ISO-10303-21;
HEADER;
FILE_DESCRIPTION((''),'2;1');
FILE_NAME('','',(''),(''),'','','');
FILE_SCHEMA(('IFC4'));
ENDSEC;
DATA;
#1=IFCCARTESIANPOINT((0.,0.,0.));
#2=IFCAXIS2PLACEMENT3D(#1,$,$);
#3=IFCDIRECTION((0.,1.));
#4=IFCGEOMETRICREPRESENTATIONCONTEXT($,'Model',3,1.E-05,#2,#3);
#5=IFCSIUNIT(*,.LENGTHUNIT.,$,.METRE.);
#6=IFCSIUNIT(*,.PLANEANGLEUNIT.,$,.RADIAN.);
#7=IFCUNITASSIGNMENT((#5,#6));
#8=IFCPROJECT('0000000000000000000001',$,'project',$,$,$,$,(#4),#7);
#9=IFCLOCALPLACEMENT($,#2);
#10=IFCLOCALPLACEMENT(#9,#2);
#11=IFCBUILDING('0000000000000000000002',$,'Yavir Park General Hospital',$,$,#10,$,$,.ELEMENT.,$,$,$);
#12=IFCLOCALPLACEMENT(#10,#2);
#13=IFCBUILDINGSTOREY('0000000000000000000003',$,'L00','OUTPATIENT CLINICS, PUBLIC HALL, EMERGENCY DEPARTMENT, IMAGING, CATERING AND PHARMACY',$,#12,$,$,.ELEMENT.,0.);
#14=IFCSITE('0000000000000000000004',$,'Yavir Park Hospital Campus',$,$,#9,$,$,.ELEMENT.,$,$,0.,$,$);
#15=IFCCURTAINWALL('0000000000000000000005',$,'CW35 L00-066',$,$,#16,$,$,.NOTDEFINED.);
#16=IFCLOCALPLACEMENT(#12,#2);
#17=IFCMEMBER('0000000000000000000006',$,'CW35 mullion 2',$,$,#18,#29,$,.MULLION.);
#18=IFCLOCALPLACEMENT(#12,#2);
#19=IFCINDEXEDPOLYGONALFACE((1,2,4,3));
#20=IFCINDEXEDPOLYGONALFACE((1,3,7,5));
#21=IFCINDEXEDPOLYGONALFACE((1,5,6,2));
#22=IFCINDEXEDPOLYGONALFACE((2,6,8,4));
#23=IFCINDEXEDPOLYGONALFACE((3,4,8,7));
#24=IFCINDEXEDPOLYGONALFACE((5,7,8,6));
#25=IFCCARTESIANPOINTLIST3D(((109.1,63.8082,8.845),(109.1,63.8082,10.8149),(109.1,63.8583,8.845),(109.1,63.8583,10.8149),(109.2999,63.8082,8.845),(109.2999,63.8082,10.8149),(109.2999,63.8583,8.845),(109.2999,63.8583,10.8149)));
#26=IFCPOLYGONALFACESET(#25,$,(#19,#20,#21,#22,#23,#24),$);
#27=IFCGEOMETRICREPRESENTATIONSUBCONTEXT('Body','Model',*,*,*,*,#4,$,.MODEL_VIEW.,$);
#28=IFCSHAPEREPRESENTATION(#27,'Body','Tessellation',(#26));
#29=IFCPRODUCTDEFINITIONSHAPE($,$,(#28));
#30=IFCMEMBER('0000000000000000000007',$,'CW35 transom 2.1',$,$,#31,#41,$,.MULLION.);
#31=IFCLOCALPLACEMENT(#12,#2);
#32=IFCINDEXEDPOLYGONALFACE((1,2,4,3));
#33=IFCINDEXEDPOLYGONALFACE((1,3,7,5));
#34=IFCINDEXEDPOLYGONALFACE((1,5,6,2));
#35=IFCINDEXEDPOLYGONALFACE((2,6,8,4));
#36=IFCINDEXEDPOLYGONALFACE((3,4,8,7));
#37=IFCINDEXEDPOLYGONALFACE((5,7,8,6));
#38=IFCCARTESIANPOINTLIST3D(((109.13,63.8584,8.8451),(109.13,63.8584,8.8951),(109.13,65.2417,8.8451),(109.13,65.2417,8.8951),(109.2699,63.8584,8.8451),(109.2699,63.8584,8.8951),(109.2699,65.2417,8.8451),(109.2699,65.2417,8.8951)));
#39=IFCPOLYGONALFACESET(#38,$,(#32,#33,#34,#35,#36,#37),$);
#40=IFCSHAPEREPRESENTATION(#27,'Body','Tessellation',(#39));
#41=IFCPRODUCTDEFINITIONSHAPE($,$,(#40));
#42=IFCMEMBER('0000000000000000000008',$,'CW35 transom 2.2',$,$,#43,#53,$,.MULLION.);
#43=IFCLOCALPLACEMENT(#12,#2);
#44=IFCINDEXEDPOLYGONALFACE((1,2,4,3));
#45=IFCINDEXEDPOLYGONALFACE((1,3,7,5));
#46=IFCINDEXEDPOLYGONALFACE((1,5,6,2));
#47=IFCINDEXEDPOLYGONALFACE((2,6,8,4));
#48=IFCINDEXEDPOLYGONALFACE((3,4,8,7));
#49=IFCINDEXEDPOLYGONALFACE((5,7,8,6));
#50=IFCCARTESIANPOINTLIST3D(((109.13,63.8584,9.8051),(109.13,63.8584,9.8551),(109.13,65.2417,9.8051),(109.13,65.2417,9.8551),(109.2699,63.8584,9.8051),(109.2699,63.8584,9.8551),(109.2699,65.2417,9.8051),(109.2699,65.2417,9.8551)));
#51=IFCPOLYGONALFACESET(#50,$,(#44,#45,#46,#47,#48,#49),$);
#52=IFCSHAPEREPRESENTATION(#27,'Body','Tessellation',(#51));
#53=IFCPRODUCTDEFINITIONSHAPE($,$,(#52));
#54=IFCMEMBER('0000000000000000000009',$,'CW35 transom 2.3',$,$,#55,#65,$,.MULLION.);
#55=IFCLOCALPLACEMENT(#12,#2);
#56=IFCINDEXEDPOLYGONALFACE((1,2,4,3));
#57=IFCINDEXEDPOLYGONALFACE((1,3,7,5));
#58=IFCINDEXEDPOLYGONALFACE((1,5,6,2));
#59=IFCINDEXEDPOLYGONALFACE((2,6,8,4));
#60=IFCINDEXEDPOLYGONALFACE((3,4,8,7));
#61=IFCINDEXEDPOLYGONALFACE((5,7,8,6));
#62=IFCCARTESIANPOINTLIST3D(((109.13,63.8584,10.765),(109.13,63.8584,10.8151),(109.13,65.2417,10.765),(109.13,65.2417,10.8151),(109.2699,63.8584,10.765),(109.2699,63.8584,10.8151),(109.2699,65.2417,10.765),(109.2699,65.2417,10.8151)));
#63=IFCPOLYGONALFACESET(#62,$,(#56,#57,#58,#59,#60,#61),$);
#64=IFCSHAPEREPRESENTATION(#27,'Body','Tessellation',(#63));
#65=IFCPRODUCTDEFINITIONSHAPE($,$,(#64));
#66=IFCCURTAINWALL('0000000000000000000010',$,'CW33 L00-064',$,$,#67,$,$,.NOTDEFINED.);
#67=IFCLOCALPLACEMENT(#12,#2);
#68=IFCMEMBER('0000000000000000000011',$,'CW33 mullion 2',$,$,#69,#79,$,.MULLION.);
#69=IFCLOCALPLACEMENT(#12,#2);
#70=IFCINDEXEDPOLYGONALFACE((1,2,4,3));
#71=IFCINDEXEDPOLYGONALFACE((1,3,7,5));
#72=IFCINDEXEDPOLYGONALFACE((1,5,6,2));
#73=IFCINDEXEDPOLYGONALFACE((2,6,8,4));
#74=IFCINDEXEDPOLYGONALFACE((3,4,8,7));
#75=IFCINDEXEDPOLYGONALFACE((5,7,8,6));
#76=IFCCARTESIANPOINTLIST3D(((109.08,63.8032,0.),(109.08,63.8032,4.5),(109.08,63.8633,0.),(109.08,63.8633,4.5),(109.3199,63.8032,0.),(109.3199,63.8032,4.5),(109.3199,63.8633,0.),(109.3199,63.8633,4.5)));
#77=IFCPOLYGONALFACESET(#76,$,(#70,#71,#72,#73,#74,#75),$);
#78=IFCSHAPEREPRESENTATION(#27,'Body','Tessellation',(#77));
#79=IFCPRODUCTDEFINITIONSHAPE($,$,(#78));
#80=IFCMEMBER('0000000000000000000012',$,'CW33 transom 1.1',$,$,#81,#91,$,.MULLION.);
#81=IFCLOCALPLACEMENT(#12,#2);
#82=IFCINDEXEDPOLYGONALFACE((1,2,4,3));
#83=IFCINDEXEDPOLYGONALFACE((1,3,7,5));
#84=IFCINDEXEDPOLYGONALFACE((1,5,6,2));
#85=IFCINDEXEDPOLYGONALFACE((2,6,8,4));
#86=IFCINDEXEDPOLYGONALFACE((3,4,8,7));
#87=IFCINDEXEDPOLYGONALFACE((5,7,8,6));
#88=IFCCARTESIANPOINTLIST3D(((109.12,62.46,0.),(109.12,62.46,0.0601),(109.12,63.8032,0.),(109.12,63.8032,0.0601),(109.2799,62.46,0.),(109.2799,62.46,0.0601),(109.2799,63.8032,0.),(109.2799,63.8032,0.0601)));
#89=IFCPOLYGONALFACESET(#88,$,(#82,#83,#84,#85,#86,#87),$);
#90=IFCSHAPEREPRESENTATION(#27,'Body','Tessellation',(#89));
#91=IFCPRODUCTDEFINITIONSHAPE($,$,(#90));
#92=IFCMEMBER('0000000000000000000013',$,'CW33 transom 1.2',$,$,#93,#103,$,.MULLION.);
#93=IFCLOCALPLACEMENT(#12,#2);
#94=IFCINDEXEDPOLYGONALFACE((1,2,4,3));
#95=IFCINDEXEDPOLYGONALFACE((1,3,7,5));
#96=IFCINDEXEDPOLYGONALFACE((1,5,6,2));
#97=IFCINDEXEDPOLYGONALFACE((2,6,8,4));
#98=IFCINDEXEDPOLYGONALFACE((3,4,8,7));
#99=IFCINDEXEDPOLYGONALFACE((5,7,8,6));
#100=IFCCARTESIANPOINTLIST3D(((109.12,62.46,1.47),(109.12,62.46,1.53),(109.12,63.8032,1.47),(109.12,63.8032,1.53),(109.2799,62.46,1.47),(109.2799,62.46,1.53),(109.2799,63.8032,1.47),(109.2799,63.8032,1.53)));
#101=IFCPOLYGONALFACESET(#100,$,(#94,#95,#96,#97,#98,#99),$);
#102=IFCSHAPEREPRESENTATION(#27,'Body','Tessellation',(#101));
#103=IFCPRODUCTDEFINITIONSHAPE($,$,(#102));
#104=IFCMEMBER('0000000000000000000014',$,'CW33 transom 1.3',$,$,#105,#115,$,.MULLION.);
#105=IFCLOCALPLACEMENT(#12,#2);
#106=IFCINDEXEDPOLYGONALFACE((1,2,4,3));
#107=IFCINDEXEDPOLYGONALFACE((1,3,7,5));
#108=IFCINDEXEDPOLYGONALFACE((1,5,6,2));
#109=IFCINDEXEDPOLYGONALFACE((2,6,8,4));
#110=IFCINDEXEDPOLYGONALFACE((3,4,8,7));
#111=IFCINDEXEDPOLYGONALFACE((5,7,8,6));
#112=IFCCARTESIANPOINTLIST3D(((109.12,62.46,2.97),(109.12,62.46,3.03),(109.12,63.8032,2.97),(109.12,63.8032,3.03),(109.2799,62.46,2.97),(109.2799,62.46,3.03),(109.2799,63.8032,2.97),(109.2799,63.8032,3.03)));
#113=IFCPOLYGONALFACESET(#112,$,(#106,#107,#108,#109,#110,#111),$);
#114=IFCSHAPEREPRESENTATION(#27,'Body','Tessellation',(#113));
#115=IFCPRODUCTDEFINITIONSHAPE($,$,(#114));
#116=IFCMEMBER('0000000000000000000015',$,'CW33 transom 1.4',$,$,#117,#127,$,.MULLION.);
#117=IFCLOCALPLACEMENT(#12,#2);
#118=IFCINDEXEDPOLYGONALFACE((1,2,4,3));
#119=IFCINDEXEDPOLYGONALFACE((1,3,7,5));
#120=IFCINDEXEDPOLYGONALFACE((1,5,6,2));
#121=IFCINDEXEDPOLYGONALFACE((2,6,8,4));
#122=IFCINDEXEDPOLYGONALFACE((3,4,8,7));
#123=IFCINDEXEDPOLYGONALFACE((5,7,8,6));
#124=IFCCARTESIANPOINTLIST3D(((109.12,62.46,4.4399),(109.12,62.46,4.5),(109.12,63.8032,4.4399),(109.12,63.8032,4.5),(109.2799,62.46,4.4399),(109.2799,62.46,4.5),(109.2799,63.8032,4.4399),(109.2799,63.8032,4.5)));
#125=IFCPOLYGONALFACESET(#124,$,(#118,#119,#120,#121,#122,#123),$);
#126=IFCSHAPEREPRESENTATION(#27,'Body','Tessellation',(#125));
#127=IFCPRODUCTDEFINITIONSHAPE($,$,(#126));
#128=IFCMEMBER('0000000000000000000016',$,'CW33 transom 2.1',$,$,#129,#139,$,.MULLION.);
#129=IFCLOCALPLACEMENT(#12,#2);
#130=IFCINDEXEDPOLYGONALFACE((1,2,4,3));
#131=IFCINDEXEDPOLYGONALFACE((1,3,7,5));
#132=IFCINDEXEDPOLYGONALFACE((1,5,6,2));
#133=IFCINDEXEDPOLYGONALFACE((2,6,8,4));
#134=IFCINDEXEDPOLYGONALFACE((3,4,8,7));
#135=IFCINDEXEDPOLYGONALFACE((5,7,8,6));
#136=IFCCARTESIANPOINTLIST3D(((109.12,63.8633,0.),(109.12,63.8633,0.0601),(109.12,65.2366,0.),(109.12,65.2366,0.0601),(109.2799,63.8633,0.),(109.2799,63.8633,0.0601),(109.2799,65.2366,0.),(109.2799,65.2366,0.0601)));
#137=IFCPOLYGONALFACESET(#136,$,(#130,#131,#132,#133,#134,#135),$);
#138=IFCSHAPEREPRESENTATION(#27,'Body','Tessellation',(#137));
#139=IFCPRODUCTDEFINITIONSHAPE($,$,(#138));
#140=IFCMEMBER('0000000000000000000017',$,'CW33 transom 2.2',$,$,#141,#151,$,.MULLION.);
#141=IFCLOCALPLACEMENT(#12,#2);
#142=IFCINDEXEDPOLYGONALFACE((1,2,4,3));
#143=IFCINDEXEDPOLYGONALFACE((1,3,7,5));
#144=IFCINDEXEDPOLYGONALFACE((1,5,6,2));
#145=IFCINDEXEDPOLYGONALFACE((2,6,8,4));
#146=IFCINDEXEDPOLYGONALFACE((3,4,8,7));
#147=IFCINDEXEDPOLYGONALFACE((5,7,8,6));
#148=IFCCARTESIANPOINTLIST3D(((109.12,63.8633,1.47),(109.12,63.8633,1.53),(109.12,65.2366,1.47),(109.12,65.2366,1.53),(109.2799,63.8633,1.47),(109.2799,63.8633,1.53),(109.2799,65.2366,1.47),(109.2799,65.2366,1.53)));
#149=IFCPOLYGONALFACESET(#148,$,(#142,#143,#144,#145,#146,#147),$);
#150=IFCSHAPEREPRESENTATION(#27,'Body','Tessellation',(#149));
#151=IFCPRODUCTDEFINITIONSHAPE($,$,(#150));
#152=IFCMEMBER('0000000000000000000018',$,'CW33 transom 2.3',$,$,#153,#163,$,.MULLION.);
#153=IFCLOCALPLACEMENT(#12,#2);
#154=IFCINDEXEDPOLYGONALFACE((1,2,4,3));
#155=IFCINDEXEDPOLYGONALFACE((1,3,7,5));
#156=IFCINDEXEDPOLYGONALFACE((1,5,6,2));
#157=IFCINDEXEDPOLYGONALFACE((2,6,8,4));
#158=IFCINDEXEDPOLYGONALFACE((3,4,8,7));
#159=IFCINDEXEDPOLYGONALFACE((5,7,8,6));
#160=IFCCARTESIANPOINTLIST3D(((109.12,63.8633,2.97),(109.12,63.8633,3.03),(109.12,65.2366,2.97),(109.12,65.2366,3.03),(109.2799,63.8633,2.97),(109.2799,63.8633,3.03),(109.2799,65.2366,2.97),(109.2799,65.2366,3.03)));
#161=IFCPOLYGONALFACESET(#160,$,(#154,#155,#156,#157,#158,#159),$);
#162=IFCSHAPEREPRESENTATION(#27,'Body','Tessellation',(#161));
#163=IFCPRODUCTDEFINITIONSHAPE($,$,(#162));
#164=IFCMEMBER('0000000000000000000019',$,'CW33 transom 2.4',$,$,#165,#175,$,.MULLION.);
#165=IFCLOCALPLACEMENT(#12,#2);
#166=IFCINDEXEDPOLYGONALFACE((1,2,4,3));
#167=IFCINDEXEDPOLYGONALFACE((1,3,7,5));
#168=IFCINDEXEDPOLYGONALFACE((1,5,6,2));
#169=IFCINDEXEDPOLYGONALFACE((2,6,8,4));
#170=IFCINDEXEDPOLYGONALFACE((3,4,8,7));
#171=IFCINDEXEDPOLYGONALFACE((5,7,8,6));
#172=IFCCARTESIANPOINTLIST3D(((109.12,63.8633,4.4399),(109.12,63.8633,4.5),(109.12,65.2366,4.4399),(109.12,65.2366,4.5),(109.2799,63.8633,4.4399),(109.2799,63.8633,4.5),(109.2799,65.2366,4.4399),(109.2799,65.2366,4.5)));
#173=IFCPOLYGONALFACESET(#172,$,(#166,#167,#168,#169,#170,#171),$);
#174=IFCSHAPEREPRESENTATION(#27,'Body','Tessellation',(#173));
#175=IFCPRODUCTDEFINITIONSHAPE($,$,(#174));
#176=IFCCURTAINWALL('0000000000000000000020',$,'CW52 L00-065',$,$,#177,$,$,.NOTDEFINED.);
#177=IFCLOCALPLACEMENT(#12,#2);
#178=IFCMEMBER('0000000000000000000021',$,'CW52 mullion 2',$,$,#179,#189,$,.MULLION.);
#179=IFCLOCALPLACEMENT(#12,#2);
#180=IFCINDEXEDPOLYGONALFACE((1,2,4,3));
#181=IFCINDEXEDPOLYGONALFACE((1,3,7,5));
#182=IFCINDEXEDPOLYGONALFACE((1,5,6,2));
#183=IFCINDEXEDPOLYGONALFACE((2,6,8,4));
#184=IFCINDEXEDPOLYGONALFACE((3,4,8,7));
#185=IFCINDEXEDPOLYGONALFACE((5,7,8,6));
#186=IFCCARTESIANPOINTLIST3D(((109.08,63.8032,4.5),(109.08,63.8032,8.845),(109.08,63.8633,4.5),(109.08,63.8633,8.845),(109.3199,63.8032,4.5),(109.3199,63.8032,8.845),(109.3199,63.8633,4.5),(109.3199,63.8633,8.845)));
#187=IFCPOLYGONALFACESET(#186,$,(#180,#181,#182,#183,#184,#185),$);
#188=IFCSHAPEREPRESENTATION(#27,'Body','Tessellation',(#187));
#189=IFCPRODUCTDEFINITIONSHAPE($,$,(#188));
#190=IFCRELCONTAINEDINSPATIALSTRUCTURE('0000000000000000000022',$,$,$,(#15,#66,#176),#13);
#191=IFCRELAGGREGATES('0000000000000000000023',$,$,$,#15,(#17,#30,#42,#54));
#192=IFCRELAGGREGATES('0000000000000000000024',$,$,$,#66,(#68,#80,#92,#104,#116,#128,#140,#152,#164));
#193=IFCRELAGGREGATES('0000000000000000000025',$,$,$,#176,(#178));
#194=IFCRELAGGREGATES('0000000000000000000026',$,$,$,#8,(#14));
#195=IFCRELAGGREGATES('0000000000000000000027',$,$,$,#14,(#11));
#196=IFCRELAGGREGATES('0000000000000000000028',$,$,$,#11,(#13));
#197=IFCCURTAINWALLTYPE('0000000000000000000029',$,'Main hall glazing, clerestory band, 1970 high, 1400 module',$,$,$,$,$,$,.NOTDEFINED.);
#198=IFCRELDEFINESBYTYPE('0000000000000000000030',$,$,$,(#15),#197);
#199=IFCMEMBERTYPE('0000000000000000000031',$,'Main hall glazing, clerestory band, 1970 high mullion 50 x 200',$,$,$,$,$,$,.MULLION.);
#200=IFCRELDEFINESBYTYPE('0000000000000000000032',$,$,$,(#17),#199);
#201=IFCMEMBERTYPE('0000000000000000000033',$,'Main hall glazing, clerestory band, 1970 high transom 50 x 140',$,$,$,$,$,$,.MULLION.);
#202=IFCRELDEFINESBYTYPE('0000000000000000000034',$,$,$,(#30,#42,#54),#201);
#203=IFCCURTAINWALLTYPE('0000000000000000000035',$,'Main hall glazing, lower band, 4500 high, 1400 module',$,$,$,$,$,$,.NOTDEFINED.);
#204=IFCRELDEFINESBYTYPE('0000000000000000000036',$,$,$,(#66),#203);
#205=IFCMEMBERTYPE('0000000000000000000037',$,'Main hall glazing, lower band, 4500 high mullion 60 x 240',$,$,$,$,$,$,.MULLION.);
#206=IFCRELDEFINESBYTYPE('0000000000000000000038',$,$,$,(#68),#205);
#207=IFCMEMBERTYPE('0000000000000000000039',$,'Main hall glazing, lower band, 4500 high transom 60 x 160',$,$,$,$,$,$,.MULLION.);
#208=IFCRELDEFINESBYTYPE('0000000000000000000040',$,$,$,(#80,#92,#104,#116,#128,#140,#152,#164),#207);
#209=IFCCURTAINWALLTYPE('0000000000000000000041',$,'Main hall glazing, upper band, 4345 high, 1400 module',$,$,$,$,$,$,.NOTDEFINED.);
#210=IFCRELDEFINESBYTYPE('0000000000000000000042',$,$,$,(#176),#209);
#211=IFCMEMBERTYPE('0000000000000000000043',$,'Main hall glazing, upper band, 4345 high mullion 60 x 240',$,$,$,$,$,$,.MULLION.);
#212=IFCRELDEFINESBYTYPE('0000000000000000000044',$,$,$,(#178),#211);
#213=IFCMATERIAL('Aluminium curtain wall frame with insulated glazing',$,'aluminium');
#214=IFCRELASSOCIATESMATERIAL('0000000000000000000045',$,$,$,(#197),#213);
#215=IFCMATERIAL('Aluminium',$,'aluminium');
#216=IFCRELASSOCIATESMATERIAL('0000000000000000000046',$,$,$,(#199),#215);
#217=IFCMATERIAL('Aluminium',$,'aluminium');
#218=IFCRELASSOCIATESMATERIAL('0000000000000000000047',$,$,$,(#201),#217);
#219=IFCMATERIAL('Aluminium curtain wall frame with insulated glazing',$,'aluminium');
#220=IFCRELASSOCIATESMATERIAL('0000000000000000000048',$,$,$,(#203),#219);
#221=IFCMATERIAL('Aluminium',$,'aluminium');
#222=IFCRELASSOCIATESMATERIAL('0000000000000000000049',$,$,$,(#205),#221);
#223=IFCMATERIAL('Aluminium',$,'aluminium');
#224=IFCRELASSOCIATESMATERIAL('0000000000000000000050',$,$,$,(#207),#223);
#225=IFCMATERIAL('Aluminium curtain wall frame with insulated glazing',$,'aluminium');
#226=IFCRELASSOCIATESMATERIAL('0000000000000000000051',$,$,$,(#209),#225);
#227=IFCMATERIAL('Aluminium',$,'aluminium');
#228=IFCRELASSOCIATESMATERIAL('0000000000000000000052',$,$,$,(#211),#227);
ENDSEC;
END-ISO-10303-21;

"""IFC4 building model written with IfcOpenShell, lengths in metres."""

from ifc_helpers import new_model, si_unit, direction, frame, origin, origin_2d, place, context, subcontext, project, spatial, rectangle, extrude, material, material_profile, profile_set, type_object, element, aggregate, save


model = new_model("IFC4")

# Units and contexts
model_context = context("Model", 3, precision=1e-05, world=origin(), true_north=direction((0.0, 1.0)))
body_context = subcontext(model_context, "Body", "Model", "MODEL_VIEW")
ifc_project = project(units=[si_unit("LENGTHUNIT", "METRE"), si_unit("PLANEANGLEUNIT", "RADIAN")], contexts=[model_context])

# Site, building, storey
site_placement = place(None, origin())
site = spatial("IfcSite", under=ifc_project, at=site_placement, Name="Yavir Park Hospital Campus", CompositionType="ELEMENT", RefElevation=0.0)
building_placement = place(site_placement, origin())
building = spatial("IfcBuilding", under=site, at=building_placement, Name="Yavir Park General Hospital", CompositionType="ELEMENT")
storey_placement = place(building_placement, origin())
storey = spatial("IfcBuildingStorey", under=building, at=storey_placement, Name="L00", Description="OUTPATIENT CLINICS, PUBLIC HALL, EMERGENCY DEPARTMENT, IMAGING, CATERING AND PHARMACY", CompositionType="ELEMENT", Elevation=0.0)

# Curtain walls, members
ifc_material_1 = material(Name="Aluminium curtain wall frame with insulated glazing", Category="aluminium")
curtain_wall_type_1 = type_object("IfcCurtainWallType", Name="Main hall glazing, clerestory band, 1970 high, 1400 module", PredefinedType="NOTDEFINED", material=ifc_material_1)
curtain_wall_1_placement = place(storey_placement, origin())
curtain_wall_1 = element("IfcCurtainWall", 1, at=curtain_wall_1_placement, inside=storey, type_object=curtain_wall_type_1, Name="CW35 L00-066", PredefinedType="NOTDEFINED")
ifc_material_2 = material(Name="Aluminium", Category="aluminium")
ifc_material_profile_1 = material_profile(ifc_material_2, rectangle(XDim=0.2, YDim=0.05, at=origin_2d()), Name="AL 50x200")
ifc_profile_set_1 = profile_set([ifc_material_profile_1], Name="Aluminium")
member_type_1 = type_object("IfcMemberType", Name="Main hall glazing, clerestory band, 1970 high mullion 50 x 200", PredefinedType="MULLION", material=ifc_profile_set_1)
member_1_placement = place(storey_placement, frame((109.2, 63.8333, 8.845), z_axis=(0.0, 0.0, 1.0), x_axis=(-1.0, 0.0, 0.0)))
member_1 = element("IfcMember", 2, at=member_1_placement, type_object=member_type_1, Name="CW35 mullion 2", PredefinedType="MULLION", context=body_context, shape_type="SweptSolid", body=[
    extrude(rectangle(XDim=0.2, YDim=0.05, at=origin_2d()), origin(), (0.0, 0.0, 1.0), 1.97),
])
ifc_material_3 = material(Name="Aluminium", Category="aluminium")
ifc_material_profile_2 = material_profile(ifc_material_3, rectangle(XDim=0.1399, YDim=0.05, at=origin_2d()), Name="AL 140x50")
ifc_profile_set_2 = profile_set([ifc_material_profile_2], Name="Aluminium")
member_type_2 = type_object("IfcMemberType", Name="Main hall glazing, clerestory band, 1970 high transom 50 x 140", PredefinedType="MULLION", material=ifc_profile_set_2)
member_2_placement = place(storey_placement, frame((109.2, 63.8584, 8.8701), z_axis=(0.0, 1.0, 0.0), x_axis=(-1.0, 0.0, 0.0)))
member_2 = element("IfcMember", 3, at=member_2_placement, type_object=member_type_2, Name="CW35 transom 2.1", PredefinedType="MULLION", context=body_context, shape_type="SweptSolid", body=[
    extrude(rectangle(XDim=0.1399, YDim=0.05, at=origin_2d()), origin(), (0.0, 0.0, 1.0), 1.3833),
])
member_3_placement = place(storey_placement, frame((109.2, 63.8584, 9.8301), z_axis=(0.0, 1.0, 0.0), x_axis=(-1.0, 0.0, 0.0)))
member_3 = element("IfcMember", 4, at=member_3_placement, type_object=member_type_2, Name="CW35 transom 2.2", PredefinedType="MULLION", context=body_context, shape_type="SweptSolid", body=[
    extrude(rectangle(XDim=0.1399, YDim=0.05, at=origin_2d()), origin(), (0.0, 0.0, 1.0), 1.3833),
])
member_4_placement = place(storey_placement, frame((109.2, 63.8584, 10.79), z_axis=(0.0, 1.0, 0.0), x_axis=(-1.0, 0.0, 0.0)))
member_4 = element("IfcMember", 5, at=member_4_placement, type_object=member_type_2, Name="CW35 transom 2.3", PredefinedType="MULLION", context=body_context, shape_type="SweptSolid", body=[
    extrude(rectangle(XDim=0.1399, YDim=0.05, at=origin_2d()), origin(), (0.0, 0.0, 1.0), 1.3833),
])
ifc_material_4 = material(Name="Aluminium curtain wall frame with insulated glazing", Category="aluminium")
curtain_wall_type_2 = type_object("IfcCurtainWallType", Name="Main hall glazing, lower band, 4500 high, 1400 module", PredefinedType="NOTDEFINED", material=ifc_material_4)
curtain_wall_2_placement = place(storey_placement, origin())
curtain_wall_2 = element("IfcCurtainWall", 6, at=curtain_wall_2_placement, inside=storey, type_object=curtain_wall_type_2, Name="CW33 L00-064", PredefinedType="NOTDEFINED")
ifc_material_5 = material(Name="Aluminium", Category="aluminium")
ifc_material_profile_3 = material_profile(ifc_material_5, rectangle(XDim=0.24, YDim=0.0601, at=origin_2d()), Name="AL 60x240")
ifc_profile_set_3 = profile_set([ifc_material_profile_3], Name="Aluminium")
member_type_3 = type_object("IfcMemberType", Name="Main hall glazing, lower band, 4500 high mullion 60 x 240", PredefinedType="MULLION", material=ifc_profile_set_3)
member_5_placement = place(storey_placement, frame((109.2, 63.8333, 0.0), z_axis=(0.0, 0.0, 1.0), x_axis=(-1.0, 0.0, 0.0)))
member_5 = element("IfcMember", 7, at=member_5_placement, type_object=member_type_3, Name="CW33 mullion 2", PredefinedType="MULLION", context=body_context, shape_type="SweptSolid", body=[
    extrude(rectangle(XDim=0.24, YDim=0.0601, at=origin_2d()), origin(), (0.0, 0.0, 1.0), 4.5),
])
ifc_material_6 = material(Name="Aluminium", Category="aluminium")
ifc_material_profile_4 = material_profile(ifc_material_6, rectangle(XDim=0.1599, YDim=0.0601, at=origin_2d()), Name="AL 160x60")
ifc_profile_set_4 = profile_set([ifc_material_profile_4], Name="Aluminium")
member_type_4 = type_object("IfcMemberType", Name="Main hall glazing, lower band, 4500 high transom 60 x 160", PredefinedType="MULLION", material=ifc_profile_set_4)
member_6_placement = place(storey_placement, frame((109.2, 62.46, 0.03), z_axis=(0.0, 1.0, 0.0), x_axis=(-1.0, 0.0, 0.0)))
member_6 = element("IfcMember", 8, at=member_6_placement, type_object=member_type_4, Name="CW33 transom 1.1", PredefinedType="MULLION", context=body_context, shape_type="SweptSolid", body=[
    extrude(rectangle(XDim=0.1599, YDim=0.0601, at=origin_2d()), origin(), (0.0, 0.0, 1.0), 1.3433),
])
member_7_placement = place(storey_placement, frame((109.2, 62.46, 1.5), z_axis=(0.0, 1.0, 0.0), x_axis=(-1.0, 0.0, 0.0)))
member_7 = element("IfcMember", 9, at=member_7_placement, type_object=member_type_4, Name="CW33 transom 1.2", PredefinedType="MULLION", context=body_context, shape_type="SweptSolid", body=[
    extrude(rectangle(XDim=0.1599, YDim=0.0601, at=origin_2d()), origin(), (0.0, 0.0, 1.0), 1.3433),
])
member_8_placement = place(storey_placement, frame((109.2, 62.46, 3.0), z_axis=(0.0, 1.0, 0.0), x_axis=(-1.0, 0.0, 0.0)))
member_8 = element("IfcMember", 10, at=member_8_placement, type_object=member_type_4, Name="CW33 transom 1.3", PredefinedType="MULLION", context=body_context, shape_type="SweptSolid", body=[
    extrude(rectangle(XDim=0.1599, YDim=0.0601, at=origin_2d()), origin(), (0.0, 0.0, 1.0), 1.3433),
])
member_9_placement = place(storey_placement, frame((109.2, 62.46, 4.47), z_axis=(0.0, 1.0, 0.0), x_axis=(-1.0, 0.0, 0.0)))
member_9 = element("IfcMember", 11, at=member_9_placement, type_object=member_type_4, Name="CW33 transom 1.4", PredefinedType="MULLION", context=body_context, shape_type="SweptSolid", body=[
    extrude(rectangle(XDim=0.1599, YDim=0.0601, at=origin_2d()), origin(), (0.0, 0.0, 1.0), 1.3433),
])
member_10_placement = place(storey_placement, frame((109.2, 63.8633, 0.03), z_axis=(0.0, 1.0, 0.0), x_axis=(-1.0, 0.0, 0.0)))
member_10 = element("IfcMember", 12, at=member_10_placement, type_object=member_type_4, Name="CW33 transom 2.1", PredefinedType="MULLION", context=body_context, shape_type="SweptSolid", body=[
    extrude(rectangle(XDim=0.1599, YDim=0.0601, at=origin_2d()), origin(), (0.0, 0.0, 1.0), 1.3733),
])
member_11_placement = place(storey_placement, frame((109.2, 63.8633, 1.5), z_axis=(0.0, 1.0, 0.0), x_axis=(-1.0, 0.0, 0.0)))
member_11 = element("IfcMember", 13, at=member_11_placement, type_object=member_type_4, Name="CW33 transom 2.2", PredefinedType="MULLION", context=body_context, shape_type="SweptSolid", body=[
    extrude(rectangle(XDim=0.1599, YDim=0.0601, at=origin_2d()), origin(), (0.0, 0.0, 1.0), 1.3733),
])
member_12_placement = place(storey_placement, frame((109.2, 63.8633, 3.0), z_axis=(0.0, 1.0, 0.0), x_axis=(-1.0, 0.0, 0.0)))
member_12 = element("IfcMember", 14, at=member_12_placement, type_object=member_type_4, Name="CW33 transom 2.3", PredefinedType="MULLION", context=body_context, shape_type="SweptSolid", body=[
    extrude(rectangle(XDim=0.1599, YDim=0.0601, at=origin_2d()), origin(), (0.0, 0.0, 1.0), 1.3733),
])
member_13_placement = place(storey_placement, frame((109.2, 63.8633, 4.47), z_axis=(0.0, 1.0, 0.0), x_axis=(-1.0, 0.0, 0.0)))
member_13 = element("IfcMember", 15, at=member_13_placement, type_object=member_type_4, Name="CW33 transom 2.4", PredefinedType="MULLION", context=body_context, shape_type="SweptSolid", body=[
    extrude(rectangle(XDim=0.1599, YDim=0.0601, at=origin_2d()), origin(), (0.0, 0.0, 1.0), 1.3733),
])
ifc_material_7 = material(Name="Aluminium curtain wall frame with insulated glazing", Category="aluminium")
curtain_wall_type_3 = type_object("IfcCurtainWallType", Name="Main hall glazing, upper band, 4345 high, 1400 module", PredefinedType="NOTDEFINED", material=ifc_material_7)
curtain_wall_3_placement = place(storey_placement, origin())
curtain_wall_3 = element("IfcCurtainWall", 16, at=curtain_wall_3_placement, inside=storey, type_object=curtain_wall_type_3, Name="CW52 L00-065", PredefinedType="NOTDEFINED")
ifc_material_8 = material(Name="Aluminium", Category="aluminium")
ifc_material_profile_5 = material_profile(ifc_material_8, rectangle(XDim=0.24, YDim=0.0601, at=origin_2d()), Name="AL 60x240")
ifc_profile_set_5 = profile_set([ifc_material_profile_5], Name="Aluminium")
member_type_5 = type_object("IfcMemberType", Name="Main hall glazing, upper band, 4345 high mullion 60 x 240", PredefinedType="MULLION", material=ifc_profile_set_5)
member_14_placement = place(storey_placement, frame((109.2, 63.8333, 4.5), z_axis=(0.0, 0.0, 1.0), x_axis=(-1.0, 0.0, 0.0)))
member_14 = element("IfcMember", 17, at=member_14_placement, type_object=member_type_5, Name="CW52 mullion 2", PredefinedType="MULLION", context=body_context, shape_type="SweptSolid", body=[
    extrude(rectangle(XDim=0.24, YDim=0.0601, at=origin_2d()), origin(), (0.0, 0.0, 1.0), 4.345),
])

aggregate(curtain_wall_1, [member_1, member_2, member_3, member_4])
aggregate(curtain_wall_2, [member_5, member_6, member_7, member_8, member_9, member_10, member_11, member_12, member_13])
aggregate(curtain_wall_3, [member_14])

save(model, "model.ifc")
